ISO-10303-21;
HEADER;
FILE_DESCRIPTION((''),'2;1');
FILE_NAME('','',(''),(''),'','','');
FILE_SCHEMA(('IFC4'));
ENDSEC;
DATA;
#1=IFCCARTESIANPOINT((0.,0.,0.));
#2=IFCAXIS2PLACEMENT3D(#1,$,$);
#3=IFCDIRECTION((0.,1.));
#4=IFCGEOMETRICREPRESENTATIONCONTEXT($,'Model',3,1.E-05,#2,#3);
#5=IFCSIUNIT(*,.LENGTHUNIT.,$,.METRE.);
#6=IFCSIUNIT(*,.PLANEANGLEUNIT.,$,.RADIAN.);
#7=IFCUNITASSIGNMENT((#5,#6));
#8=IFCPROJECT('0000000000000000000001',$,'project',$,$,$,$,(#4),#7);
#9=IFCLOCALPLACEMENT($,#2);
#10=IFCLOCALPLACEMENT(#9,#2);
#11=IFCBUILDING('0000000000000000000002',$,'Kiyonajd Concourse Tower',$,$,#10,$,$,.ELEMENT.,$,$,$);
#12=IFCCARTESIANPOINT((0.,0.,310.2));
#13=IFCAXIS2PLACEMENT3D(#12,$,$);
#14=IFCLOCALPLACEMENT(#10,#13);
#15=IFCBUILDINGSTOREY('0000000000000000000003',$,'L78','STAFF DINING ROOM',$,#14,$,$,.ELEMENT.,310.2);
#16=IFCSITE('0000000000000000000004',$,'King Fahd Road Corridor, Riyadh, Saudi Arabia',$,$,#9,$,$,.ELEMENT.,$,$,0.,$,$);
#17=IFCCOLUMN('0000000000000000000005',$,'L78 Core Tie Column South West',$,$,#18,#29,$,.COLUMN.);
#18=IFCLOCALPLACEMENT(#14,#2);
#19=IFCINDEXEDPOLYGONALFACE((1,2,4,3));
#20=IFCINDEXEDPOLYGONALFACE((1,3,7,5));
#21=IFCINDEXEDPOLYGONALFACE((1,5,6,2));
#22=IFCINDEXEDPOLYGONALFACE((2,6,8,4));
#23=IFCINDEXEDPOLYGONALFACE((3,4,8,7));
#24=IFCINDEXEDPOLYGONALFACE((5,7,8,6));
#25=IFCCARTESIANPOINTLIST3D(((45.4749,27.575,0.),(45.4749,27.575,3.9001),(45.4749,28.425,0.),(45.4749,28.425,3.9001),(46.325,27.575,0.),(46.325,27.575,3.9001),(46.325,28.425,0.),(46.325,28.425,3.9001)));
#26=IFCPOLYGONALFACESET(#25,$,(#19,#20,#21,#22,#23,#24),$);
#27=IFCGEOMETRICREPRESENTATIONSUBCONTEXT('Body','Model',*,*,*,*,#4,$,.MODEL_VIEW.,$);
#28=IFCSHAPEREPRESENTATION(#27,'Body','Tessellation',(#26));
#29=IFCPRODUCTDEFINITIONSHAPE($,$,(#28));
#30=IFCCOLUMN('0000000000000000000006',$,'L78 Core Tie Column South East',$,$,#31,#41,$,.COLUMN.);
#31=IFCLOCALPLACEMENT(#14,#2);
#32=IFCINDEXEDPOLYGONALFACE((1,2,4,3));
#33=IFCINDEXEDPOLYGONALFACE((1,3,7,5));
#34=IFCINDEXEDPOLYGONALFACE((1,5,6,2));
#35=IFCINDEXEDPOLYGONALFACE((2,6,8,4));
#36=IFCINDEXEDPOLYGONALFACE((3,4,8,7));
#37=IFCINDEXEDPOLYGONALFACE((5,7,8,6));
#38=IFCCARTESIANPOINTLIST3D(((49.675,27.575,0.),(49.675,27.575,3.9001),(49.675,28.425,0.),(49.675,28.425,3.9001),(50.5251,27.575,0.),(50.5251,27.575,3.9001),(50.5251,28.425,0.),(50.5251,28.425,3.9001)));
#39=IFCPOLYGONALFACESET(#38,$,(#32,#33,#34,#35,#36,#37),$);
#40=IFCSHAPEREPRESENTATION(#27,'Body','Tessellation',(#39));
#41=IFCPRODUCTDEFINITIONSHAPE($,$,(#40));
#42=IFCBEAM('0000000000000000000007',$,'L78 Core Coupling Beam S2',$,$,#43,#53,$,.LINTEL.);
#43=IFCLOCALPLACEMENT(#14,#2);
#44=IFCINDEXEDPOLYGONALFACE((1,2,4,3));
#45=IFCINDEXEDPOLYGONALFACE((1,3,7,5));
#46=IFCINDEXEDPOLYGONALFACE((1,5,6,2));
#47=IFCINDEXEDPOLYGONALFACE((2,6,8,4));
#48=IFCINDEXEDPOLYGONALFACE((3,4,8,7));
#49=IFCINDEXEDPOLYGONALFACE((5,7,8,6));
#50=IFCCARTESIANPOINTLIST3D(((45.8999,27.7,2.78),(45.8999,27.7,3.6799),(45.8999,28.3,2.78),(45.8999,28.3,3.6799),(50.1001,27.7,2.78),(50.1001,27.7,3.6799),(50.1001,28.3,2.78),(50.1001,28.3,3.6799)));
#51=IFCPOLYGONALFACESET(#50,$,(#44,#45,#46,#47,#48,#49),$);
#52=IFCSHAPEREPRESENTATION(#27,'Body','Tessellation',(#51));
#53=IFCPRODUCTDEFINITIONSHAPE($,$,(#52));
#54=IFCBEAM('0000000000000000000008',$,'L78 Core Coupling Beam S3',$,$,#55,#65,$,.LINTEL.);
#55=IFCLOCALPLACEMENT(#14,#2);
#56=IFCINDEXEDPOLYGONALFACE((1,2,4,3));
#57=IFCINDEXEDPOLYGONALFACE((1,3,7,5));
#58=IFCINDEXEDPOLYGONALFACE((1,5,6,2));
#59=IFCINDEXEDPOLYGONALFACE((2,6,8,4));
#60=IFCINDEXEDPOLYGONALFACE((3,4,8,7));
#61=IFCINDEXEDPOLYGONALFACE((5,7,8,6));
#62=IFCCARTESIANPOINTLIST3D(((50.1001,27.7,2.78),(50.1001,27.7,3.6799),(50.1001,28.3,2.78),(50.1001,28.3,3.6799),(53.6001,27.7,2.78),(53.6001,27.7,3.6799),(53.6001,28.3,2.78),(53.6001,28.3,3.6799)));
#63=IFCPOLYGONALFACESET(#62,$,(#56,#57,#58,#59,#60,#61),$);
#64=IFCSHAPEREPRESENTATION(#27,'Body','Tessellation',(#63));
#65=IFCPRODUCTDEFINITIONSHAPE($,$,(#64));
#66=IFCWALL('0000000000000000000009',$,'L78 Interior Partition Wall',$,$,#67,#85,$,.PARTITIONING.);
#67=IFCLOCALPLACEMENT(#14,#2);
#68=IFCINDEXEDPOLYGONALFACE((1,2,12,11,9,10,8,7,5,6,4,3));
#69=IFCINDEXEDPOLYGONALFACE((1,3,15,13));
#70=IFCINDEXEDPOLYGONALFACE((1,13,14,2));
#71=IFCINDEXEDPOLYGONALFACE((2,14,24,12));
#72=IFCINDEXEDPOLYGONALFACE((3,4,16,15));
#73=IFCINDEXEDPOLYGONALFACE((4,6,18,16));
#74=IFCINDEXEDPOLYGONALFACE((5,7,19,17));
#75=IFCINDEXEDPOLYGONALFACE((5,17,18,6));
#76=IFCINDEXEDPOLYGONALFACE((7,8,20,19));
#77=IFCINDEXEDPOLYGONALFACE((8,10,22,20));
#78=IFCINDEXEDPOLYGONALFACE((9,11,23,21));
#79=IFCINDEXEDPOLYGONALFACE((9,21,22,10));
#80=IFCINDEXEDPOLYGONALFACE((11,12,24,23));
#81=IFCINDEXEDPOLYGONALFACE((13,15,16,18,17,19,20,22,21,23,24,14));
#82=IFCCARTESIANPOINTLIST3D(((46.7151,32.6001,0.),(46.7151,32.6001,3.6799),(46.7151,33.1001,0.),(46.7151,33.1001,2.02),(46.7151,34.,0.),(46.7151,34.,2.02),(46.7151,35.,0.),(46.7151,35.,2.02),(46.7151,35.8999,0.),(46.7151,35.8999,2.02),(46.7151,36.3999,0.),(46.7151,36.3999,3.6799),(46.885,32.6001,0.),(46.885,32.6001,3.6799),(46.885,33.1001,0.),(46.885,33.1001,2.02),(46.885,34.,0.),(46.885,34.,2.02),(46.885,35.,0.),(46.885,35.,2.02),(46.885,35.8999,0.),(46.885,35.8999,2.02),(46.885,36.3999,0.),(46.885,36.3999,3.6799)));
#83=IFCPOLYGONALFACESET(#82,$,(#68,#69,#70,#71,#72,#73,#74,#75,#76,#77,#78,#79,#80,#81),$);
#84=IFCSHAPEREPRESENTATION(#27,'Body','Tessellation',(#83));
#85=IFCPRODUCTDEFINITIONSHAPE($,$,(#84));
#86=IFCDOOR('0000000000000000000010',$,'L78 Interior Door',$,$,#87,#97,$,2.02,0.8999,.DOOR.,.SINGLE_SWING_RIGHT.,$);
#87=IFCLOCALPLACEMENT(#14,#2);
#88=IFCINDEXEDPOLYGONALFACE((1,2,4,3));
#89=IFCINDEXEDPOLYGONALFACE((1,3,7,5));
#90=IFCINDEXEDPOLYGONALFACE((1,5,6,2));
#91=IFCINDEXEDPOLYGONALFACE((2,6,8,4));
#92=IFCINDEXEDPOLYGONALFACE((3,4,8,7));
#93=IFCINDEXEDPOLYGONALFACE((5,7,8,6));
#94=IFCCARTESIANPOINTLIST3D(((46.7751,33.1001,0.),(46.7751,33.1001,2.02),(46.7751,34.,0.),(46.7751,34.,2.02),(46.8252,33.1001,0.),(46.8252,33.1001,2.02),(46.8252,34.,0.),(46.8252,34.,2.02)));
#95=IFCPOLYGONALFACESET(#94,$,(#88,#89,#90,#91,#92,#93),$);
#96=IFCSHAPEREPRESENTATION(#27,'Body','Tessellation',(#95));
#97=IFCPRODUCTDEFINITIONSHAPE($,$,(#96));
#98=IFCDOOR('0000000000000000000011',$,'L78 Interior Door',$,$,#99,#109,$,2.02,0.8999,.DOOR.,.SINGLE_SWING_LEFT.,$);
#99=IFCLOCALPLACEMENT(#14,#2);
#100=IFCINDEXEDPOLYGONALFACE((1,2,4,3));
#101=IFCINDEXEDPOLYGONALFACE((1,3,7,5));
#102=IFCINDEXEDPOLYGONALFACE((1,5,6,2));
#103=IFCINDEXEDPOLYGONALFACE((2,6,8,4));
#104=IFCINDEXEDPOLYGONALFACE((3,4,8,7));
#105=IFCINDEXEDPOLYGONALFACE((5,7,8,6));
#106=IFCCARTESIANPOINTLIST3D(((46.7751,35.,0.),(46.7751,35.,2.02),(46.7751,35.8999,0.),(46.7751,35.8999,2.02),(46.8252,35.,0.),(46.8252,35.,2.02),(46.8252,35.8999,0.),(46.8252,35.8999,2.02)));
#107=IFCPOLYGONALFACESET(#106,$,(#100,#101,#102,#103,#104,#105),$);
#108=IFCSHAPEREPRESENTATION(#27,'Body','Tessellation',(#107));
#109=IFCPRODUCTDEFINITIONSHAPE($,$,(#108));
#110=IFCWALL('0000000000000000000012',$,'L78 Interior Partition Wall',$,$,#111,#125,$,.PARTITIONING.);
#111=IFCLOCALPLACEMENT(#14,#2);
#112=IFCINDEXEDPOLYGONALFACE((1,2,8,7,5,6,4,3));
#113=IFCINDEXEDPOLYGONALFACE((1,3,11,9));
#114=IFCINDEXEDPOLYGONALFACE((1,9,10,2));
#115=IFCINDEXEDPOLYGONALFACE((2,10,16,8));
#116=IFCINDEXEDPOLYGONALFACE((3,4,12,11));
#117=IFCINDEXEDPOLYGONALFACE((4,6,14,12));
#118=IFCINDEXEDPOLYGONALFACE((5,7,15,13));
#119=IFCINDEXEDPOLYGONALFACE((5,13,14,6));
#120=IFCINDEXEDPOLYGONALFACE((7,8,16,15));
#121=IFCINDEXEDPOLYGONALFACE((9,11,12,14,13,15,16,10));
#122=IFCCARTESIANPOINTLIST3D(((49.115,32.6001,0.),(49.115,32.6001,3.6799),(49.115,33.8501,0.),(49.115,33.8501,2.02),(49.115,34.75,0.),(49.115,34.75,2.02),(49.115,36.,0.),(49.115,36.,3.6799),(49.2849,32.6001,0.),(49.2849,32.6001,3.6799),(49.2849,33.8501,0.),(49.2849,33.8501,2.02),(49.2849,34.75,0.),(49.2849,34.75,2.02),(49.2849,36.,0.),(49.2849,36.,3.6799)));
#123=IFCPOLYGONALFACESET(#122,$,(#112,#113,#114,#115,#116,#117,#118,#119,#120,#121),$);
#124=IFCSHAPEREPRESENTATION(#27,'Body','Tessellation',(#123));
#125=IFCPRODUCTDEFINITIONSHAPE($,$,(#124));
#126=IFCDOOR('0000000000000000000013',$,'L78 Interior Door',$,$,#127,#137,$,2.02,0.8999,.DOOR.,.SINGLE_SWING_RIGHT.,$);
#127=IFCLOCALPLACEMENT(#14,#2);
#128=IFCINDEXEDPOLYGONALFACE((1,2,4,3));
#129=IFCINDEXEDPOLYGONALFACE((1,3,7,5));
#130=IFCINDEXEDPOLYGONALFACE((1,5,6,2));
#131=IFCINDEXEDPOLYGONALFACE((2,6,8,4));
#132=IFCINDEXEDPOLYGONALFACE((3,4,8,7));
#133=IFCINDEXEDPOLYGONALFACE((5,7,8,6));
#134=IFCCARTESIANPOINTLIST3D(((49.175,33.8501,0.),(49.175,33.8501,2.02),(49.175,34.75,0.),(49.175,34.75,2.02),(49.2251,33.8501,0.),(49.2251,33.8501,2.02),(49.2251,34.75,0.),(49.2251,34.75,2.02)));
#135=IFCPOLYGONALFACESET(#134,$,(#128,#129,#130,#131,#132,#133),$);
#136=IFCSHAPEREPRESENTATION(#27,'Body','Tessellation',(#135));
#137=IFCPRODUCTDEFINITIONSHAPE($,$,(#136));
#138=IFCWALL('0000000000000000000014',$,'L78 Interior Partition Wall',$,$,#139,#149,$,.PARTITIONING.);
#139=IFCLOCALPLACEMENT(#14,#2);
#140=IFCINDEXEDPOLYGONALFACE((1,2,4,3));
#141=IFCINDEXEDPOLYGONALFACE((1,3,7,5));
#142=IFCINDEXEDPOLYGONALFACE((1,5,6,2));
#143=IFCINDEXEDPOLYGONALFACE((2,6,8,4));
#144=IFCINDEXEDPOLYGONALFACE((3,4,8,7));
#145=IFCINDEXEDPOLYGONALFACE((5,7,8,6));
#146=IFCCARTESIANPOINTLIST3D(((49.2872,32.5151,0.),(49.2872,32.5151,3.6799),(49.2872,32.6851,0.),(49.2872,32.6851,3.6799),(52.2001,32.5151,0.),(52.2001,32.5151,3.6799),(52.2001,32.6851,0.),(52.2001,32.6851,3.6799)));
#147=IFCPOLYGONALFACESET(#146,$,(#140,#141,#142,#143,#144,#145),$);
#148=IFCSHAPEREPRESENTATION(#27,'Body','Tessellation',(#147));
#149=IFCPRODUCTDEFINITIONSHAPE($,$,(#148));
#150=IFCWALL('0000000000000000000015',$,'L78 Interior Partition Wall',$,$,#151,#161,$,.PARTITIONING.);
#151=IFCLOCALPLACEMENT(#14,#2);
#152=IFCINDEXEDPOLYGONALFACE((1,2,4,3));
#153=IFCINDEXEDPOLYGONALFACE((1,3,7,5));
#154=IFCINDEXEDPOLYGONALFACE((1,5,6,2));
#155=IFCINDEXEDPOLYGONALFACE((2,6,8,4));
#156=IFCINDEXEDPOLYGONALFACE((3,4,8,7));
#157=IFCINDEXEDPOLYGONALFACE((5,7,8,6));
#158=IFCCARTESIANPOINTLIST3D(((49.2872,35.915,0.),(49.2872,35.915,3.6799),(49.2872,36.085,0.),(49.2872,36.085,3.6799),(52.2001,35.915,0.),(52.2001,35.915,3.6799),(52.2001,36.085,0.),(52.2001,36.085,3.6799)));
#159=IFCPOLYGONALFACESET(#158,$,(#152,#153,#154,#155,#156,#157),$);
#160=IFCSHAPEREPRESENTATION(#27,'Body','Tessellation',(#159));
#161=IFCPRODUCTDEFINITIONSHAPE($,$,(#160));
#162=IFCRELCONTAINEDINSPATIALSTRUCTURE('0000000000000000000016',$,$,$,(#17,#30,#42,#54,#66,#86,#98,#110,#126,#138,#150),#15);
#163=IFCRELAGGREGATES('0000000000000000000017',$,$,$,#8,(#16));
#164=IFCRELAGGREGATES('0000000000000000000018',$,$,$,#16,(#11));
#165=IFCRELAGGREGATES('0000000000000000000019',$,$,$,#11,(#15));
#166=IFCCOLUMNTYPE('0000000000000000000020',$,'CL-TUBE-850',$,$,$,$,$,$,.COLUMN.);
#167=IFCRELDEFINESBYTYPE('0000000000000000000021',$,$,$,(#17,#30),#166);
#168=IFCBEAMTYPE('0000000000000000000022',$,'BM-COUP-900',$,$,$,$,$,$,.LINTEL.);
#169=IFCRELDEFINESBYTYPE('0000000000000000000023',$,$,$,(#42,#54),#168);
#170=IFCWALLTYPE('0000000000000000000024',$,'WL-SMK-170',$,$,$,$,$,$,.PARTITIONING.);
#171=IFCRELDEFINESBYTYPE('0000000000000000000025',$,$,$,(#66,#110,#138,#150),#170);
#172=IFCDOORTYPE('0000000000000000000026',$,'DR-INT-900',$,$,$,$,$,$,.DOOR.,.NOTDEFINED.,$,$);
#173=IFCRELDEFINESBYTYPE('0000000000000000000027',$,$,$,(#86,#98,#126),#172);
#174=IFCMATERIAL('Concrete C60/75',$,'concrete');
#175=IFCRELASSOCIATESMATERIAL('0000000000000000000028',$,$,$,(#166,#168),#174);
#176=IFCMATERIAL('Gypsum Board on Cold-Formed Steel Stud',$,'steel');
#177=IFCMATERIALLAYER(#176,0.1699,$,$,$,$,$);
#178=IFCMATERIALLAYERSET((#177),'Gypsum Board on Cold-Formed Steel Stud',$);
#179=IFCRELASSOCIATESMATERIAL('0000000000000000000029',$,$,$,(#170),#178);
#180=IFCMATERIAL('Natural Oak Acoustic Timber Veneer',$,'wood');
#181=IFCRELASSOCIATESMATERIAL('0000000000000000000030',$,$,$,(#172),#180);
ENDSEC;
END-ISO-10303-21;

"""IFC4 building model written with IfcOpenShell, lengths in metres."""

from ifc_helpers import new_model, si_unit, direction, frame, frame_2d, origin, origin_2d, place, context, subcontext, project, spatial, rectangle, extrude, material, layer, layer_set, material_profile, profile_set, type_object, element, fill, save


model = new_model("IFC4")

# Units and contexts
model_context = context("Model", 3, precision=1e-05, world=origin(), true_north=direction((0.0, 1.0)))
body_context = subcontext(model_context, "Body", "Model", "MODEL_VIEW")
ifc_project = project(units=[si_unit("LENGTHUNIT", "METRE"), si_unit("PLANEANGLEUNIT", "RADIAN")], contexts=[model_context])

# Site, building, storey
site_placement = place(None, origin())
site = spatial("IfcSite", under=ifc_project, at=site_placement, Name="King Fahd Road Corridor, Riyadh, Saudi Arabia", CompositionType="ELEMENT", RefElevation=0.0)
building_placement = place(site_placement, origin())
building = spatial("IfcBuilding", under=site, at=building_placement, Name="Kiyonajd Concourse Tower", CompositionType="ELEMENT")
storey_placement = place(building_placement, frame((0.0, 0.0, 310.2)))
storey = spatial("IfcBuildingStorey", under=building, at=storey_placement, Name="L78", Description="STAFF DINING ROOM", CompositionType="ELEMENT", Elevation=310.2)

# Columns
ifc_material_1 = material(Name="Concrete C60/75", Category="concrete")
ifc_material_profile_1 = material_profile(ifc_material_1, rectangle(XDim=0.8501, YDim=0.8501, at=origin_2d()), Name="RC-850x850")
ifc_profile_set_1 = profile_set([ifc_material_profile_1], Name="Concrete C60/75")
column_type = type_object("IfcColumnType", Name="CL-TUBE-850", PredefinedType="COLUMN", material=ifc_profile_set_1)
for number, where, z_axis, x_axis, name in (
    (1, (45.8999, 28.0, 0.0), (0.0, 0.0, 1.0), (1.0, 0.0, 0.0), "L78 Core Tie Column South West"),
    (2, (50.1001, 28.0, 0.0), (0.0, 0.0, 1.0), (1.0, 0.0, 0.0), "L78 Core Tie Column South East"),
):
    element("IfcColumn", number, at=place(storey_placement, frame(where, z_axis=z_axis, x_axis=x_axis)), inside=storey, type_object=column_type, Name=name, PredefinedType="COLUMN", context=body_context, shape_type="SweptSolid", body=[
        extrude(rectangle(XDim=0.8501, YDim=0.8501, at=origin_2d()), origin(), (0.0, 0.0, 1.0), 3.9001),
    ])

# Beams
ifc_material_profile_2 = material_profile(ifc_material_1, rectangle(XDim=0.6001, YDim=0.8999, at=origin_2d()), Name="RCBM-600x900")
ifc_profile_set_2 = profile_set([ifc_material_profile_2], Name="Concrete C60/75")
beam_type = type_object("IfcBeamType", Name="BM-COUP-900", PredefinedType="LINTEL", material=ifc_profile_set_2)
beam_1_placement = place(storey_placement, frame((45.8999, 28.0, 3.23), z_axis=(1.0, 0.0, 0.0), x_axis=(0.0, 1.0, 0.0)))
element("IfcBeam", 3, at=beam_1_placement, inside=storey, type_object=beam_type, Name="L78 Core Coupling Beam S2", PredefinedType="LINTEL", context=body_context, shape_type="SweptSolid", body=[
    extrude(rectangle(XDim=0.6001, YDim=0.8999, at=origin_2d()), origin(), (0.0, 0.0, 1.0), 4.2002),
])
beam_2_placement = place(storey_placement, frame((50.1001, 28.0, 3.23), z_axis=(1.0, 0.0, 0.0), x_axis=(0.0, 1.0, 0.0)))
element("IfcBeam", 4, at=beam_2_placement, inside=storey, type_object=beam_type, Name="L78 Core Coupling Beam S3", PredefinedType="LINTEL", context=body_context, shape_type="SweptSolid", body=[
    extrude(rectangle(XDim=0.6001, YDim=0.8999, at=origin_2d()), origin(), (0.0, 0.0, 1.0), 3.5),
])

# Wall, openings, doors
ifc_material_2 = material(Name="Gypsum Board on Cold-Formed Steel Stud", Category="steel")
ifc_layer = layer(ifc_material_2, 0.1699)
ifc_layer_set = layer_set([ifc_layer], Name="Gypsum Board on Cold-Formed Steel Stud")
wall_type = type_object("IfcWallType", Name="WL-SMK-170", PredefinedType="PARTITIONING", material=ifc_layer_set)
wall_1_placement = place(storey_placement, frame((46.8, 32.6001, 0.0), z_axis=(0.0, 0.0, 1.0), x_axis=(0.0, 1.0, 0.0)))
wall_1 = element("IfcWall", 5, at=wall_1_placement, inside=storey, type_object=wall_type, Name="L78 Interior Partition Wall", PredefinedType="PARTITIONING", context=body_context, shape_type="SweptSolid", body=[
    extrude(rectangle(XDim=3.7998, YDim=0.1699, at=frame_2d((1.8999, 0.0))), origin(), (0.0, 0.0, 1.0), 3.6799),
])
opening_1_placement = place(wall_1_placement, frame((0.5, 0.0, 0.0)))
opening_1 = element("IfcOpeningElement", 6, at=opening_1_placement, cuts=wall_1, PredefinedType="OPENING", context=body_context, shape_type="SweptSolid", body=[
    extrude(rectangle(XDim=0.8999, YDim=2.02, at=frame_2d((0.45, 1.01))), frame((0.0, 0.095, 0.0), z_axis=(0.0, -1.0, 0.0), x_axis=(1.0, 0.0, 0.0)), (0.0, 0.0, 1.0), 0.1899),
])
opening_2_placement = place(wall_1_placement, frame((2.3999, 0.0, 0.0)))
opening_2 = element("IfcOpeningElement", 7, at=opening_2_placement, cuts=wall_1, PredefinedType="OPENING", context=body_context, shape_type="SweptSolid", body=[
    extrude(rectangle(XDim=0.8999, YDim=2.02, at=frame_2d((0.45, 1.01))), frame((0.0, 0.095, 0.0), z_axis=(0.0, -1.0, 0.0), x_axis=(1.0, 0.0, 0.0)), (0.0, 0.0, 1.0), 0.1899),
])
ifc_material_3 = material(Name="Natural Oak Acoustic Timber Veneer", Category="wood")
door_type = type_object("IfcDoorType", Name="DR-INT-900", OperationType="NOTDEFINED", PredefinedType="DOOR", material=ifc_material_3)
door_1_placement = place(opening_1_placement, origin())
door_1 = element("IfcDoor", 8, at=door_1_placement, inside=storey, type_object=door_type, Name="L78 Interior Door", OperationType="SINGLE_SWING_RIGHT", OverallHeight=2.02, OverallWidth=0.8999, PredefinedType="DOOR", context=body_context, shape_type="SweptSolid", body=[
    extrude(rectangle(XDim=0.8999, YDim=2.02, at=frame_2d((0.45, 1.01))), frame((0.0, 0.0249, 0.0), z_axis=(0.0, -1.0, 0.0), x_axis=(1.0, 0.0, 0.0)), (0.0, 0.0, 1.0), 0.05),
])
fill(opening_1, door_1)
door_2_placement = place(opening_2_placement, origin())
door_2 = element("IfcDoor", 9, at=door_2_placement, inside=storey, type_object=door_type, Name="L78 Interior Door", OperationType="SINGLE_SWING_LEFT", OverallHeight=2.02, OverallWidth=0.8999, PredefinedType="DOOR", context=body_context, shape_type="SweptSolid", body=[
    extrude(rectangle(XDim=0.8999, YDim=2.02, at=frame_2d((0.45, 1.01))), frame((0.0, 0.0249, 0.0), z_axis=(0.0, -1.0, 0.0), x_axis=(1.0, 0.0, 0.0)), (0.0, 0.0, 1.0), 0.05),
])
fill(opening_2, door_2)

# Wall, opening, door
wall_2_placement = place(storey_placement, frame((49.2, 32.6001, 0.0), z_axis=(0.0, 0.0, 1.0), x_axis=(0.0, 1.0, 0.0)))
wall_2 = element("IfcWall", 10, at=wall_2_placement, inside=storey, type_object=wall_type, Name="L78 Interior Partition Wall", PredefinedType="PARTITIONING", context=body_context, shape_type="SweptSolid", body=[
    extrude(rectangle(XDim=3.3999, YDim=0.1699, at=frame_2d((1.7, 0.0))), origin(), (0.0, 0.0, 1.0), 3.6799),
])
opening_3_placement = place(wall_2_placement, frame((1.25, 0.0, 0.0)))
opening_3 = element("IfcOpeningElement", 11, at=opening_3_placement, cuts=wall_2, PredefinedType="OPENING", context=body_context, shape_type="SweptSolid", body=[
    extrude(rectangle(XDim=0.8999, YDim=2.02, at=frame_2d((0.45, 1.01))), frame((0.0, 0.095, 0.0), z_axis=(0.0, -1.0, 0.0), x_axis=(1.0, 0.0, 0.0)), (0.0, 0.0, 1.0), 0.1899),
])
door_3_placement = place(opening_3_placement, origin())
door_3 = element("IfcDoor", 12, at=door_3_placement, inside=storey, type_object=door_type, Name="L78 Interior Door", OperationType="SINGLE_SWING_RIGHT", OverallHeight=2.02, OverallWidth=0.8999, PredefinedType="DOOR", context=body_context, shape_type="SweptSolid", body=[
    extrude(rectangle(XDim=0.8999, YDim=2.02, at=frame_2d((0.45, 1.01))), frame((0.0, 0.0249, 0.0), z_axis=(0.0, -1.0, 0.0), x_axis=(1.0, 0.0, 0.0)), (0.0, 0.0, 1.0), 0.05),
])
fill(opening_3, door_3)

# Walls
for number, where, z_axis, x_axis, name in (
    (13, (49.2871, 32.6001, 0.0), (0.0, 0.0, 1.0), (1.0, 0.0, 0.0), "L78 Interior Partition Wall"),
    (14, (49.2871, 36.0, 0.0), (0.0, 0.0, 1.0), (1.0, 0.0, 0.0), "L78 Interior Partition Wall"),
):
    element("IfcWall", number, at=place(storey_placement, frame(where, z_axis=z_axis, x_axis=x_axis)), inside=storey, type_object=wall_type, Name=name, PredefinedType="PARTITIONING", context=body_context, shape_type="SweptSolid", body=[
        extrude(rectangle(XDim=2.9128, YDim=0.1699, at=frame_2d((1.4565, 0.0))), origin(), (0.0, 0.0, 1.0), 3.6799),
    ])

save(model, "model.ifc")
